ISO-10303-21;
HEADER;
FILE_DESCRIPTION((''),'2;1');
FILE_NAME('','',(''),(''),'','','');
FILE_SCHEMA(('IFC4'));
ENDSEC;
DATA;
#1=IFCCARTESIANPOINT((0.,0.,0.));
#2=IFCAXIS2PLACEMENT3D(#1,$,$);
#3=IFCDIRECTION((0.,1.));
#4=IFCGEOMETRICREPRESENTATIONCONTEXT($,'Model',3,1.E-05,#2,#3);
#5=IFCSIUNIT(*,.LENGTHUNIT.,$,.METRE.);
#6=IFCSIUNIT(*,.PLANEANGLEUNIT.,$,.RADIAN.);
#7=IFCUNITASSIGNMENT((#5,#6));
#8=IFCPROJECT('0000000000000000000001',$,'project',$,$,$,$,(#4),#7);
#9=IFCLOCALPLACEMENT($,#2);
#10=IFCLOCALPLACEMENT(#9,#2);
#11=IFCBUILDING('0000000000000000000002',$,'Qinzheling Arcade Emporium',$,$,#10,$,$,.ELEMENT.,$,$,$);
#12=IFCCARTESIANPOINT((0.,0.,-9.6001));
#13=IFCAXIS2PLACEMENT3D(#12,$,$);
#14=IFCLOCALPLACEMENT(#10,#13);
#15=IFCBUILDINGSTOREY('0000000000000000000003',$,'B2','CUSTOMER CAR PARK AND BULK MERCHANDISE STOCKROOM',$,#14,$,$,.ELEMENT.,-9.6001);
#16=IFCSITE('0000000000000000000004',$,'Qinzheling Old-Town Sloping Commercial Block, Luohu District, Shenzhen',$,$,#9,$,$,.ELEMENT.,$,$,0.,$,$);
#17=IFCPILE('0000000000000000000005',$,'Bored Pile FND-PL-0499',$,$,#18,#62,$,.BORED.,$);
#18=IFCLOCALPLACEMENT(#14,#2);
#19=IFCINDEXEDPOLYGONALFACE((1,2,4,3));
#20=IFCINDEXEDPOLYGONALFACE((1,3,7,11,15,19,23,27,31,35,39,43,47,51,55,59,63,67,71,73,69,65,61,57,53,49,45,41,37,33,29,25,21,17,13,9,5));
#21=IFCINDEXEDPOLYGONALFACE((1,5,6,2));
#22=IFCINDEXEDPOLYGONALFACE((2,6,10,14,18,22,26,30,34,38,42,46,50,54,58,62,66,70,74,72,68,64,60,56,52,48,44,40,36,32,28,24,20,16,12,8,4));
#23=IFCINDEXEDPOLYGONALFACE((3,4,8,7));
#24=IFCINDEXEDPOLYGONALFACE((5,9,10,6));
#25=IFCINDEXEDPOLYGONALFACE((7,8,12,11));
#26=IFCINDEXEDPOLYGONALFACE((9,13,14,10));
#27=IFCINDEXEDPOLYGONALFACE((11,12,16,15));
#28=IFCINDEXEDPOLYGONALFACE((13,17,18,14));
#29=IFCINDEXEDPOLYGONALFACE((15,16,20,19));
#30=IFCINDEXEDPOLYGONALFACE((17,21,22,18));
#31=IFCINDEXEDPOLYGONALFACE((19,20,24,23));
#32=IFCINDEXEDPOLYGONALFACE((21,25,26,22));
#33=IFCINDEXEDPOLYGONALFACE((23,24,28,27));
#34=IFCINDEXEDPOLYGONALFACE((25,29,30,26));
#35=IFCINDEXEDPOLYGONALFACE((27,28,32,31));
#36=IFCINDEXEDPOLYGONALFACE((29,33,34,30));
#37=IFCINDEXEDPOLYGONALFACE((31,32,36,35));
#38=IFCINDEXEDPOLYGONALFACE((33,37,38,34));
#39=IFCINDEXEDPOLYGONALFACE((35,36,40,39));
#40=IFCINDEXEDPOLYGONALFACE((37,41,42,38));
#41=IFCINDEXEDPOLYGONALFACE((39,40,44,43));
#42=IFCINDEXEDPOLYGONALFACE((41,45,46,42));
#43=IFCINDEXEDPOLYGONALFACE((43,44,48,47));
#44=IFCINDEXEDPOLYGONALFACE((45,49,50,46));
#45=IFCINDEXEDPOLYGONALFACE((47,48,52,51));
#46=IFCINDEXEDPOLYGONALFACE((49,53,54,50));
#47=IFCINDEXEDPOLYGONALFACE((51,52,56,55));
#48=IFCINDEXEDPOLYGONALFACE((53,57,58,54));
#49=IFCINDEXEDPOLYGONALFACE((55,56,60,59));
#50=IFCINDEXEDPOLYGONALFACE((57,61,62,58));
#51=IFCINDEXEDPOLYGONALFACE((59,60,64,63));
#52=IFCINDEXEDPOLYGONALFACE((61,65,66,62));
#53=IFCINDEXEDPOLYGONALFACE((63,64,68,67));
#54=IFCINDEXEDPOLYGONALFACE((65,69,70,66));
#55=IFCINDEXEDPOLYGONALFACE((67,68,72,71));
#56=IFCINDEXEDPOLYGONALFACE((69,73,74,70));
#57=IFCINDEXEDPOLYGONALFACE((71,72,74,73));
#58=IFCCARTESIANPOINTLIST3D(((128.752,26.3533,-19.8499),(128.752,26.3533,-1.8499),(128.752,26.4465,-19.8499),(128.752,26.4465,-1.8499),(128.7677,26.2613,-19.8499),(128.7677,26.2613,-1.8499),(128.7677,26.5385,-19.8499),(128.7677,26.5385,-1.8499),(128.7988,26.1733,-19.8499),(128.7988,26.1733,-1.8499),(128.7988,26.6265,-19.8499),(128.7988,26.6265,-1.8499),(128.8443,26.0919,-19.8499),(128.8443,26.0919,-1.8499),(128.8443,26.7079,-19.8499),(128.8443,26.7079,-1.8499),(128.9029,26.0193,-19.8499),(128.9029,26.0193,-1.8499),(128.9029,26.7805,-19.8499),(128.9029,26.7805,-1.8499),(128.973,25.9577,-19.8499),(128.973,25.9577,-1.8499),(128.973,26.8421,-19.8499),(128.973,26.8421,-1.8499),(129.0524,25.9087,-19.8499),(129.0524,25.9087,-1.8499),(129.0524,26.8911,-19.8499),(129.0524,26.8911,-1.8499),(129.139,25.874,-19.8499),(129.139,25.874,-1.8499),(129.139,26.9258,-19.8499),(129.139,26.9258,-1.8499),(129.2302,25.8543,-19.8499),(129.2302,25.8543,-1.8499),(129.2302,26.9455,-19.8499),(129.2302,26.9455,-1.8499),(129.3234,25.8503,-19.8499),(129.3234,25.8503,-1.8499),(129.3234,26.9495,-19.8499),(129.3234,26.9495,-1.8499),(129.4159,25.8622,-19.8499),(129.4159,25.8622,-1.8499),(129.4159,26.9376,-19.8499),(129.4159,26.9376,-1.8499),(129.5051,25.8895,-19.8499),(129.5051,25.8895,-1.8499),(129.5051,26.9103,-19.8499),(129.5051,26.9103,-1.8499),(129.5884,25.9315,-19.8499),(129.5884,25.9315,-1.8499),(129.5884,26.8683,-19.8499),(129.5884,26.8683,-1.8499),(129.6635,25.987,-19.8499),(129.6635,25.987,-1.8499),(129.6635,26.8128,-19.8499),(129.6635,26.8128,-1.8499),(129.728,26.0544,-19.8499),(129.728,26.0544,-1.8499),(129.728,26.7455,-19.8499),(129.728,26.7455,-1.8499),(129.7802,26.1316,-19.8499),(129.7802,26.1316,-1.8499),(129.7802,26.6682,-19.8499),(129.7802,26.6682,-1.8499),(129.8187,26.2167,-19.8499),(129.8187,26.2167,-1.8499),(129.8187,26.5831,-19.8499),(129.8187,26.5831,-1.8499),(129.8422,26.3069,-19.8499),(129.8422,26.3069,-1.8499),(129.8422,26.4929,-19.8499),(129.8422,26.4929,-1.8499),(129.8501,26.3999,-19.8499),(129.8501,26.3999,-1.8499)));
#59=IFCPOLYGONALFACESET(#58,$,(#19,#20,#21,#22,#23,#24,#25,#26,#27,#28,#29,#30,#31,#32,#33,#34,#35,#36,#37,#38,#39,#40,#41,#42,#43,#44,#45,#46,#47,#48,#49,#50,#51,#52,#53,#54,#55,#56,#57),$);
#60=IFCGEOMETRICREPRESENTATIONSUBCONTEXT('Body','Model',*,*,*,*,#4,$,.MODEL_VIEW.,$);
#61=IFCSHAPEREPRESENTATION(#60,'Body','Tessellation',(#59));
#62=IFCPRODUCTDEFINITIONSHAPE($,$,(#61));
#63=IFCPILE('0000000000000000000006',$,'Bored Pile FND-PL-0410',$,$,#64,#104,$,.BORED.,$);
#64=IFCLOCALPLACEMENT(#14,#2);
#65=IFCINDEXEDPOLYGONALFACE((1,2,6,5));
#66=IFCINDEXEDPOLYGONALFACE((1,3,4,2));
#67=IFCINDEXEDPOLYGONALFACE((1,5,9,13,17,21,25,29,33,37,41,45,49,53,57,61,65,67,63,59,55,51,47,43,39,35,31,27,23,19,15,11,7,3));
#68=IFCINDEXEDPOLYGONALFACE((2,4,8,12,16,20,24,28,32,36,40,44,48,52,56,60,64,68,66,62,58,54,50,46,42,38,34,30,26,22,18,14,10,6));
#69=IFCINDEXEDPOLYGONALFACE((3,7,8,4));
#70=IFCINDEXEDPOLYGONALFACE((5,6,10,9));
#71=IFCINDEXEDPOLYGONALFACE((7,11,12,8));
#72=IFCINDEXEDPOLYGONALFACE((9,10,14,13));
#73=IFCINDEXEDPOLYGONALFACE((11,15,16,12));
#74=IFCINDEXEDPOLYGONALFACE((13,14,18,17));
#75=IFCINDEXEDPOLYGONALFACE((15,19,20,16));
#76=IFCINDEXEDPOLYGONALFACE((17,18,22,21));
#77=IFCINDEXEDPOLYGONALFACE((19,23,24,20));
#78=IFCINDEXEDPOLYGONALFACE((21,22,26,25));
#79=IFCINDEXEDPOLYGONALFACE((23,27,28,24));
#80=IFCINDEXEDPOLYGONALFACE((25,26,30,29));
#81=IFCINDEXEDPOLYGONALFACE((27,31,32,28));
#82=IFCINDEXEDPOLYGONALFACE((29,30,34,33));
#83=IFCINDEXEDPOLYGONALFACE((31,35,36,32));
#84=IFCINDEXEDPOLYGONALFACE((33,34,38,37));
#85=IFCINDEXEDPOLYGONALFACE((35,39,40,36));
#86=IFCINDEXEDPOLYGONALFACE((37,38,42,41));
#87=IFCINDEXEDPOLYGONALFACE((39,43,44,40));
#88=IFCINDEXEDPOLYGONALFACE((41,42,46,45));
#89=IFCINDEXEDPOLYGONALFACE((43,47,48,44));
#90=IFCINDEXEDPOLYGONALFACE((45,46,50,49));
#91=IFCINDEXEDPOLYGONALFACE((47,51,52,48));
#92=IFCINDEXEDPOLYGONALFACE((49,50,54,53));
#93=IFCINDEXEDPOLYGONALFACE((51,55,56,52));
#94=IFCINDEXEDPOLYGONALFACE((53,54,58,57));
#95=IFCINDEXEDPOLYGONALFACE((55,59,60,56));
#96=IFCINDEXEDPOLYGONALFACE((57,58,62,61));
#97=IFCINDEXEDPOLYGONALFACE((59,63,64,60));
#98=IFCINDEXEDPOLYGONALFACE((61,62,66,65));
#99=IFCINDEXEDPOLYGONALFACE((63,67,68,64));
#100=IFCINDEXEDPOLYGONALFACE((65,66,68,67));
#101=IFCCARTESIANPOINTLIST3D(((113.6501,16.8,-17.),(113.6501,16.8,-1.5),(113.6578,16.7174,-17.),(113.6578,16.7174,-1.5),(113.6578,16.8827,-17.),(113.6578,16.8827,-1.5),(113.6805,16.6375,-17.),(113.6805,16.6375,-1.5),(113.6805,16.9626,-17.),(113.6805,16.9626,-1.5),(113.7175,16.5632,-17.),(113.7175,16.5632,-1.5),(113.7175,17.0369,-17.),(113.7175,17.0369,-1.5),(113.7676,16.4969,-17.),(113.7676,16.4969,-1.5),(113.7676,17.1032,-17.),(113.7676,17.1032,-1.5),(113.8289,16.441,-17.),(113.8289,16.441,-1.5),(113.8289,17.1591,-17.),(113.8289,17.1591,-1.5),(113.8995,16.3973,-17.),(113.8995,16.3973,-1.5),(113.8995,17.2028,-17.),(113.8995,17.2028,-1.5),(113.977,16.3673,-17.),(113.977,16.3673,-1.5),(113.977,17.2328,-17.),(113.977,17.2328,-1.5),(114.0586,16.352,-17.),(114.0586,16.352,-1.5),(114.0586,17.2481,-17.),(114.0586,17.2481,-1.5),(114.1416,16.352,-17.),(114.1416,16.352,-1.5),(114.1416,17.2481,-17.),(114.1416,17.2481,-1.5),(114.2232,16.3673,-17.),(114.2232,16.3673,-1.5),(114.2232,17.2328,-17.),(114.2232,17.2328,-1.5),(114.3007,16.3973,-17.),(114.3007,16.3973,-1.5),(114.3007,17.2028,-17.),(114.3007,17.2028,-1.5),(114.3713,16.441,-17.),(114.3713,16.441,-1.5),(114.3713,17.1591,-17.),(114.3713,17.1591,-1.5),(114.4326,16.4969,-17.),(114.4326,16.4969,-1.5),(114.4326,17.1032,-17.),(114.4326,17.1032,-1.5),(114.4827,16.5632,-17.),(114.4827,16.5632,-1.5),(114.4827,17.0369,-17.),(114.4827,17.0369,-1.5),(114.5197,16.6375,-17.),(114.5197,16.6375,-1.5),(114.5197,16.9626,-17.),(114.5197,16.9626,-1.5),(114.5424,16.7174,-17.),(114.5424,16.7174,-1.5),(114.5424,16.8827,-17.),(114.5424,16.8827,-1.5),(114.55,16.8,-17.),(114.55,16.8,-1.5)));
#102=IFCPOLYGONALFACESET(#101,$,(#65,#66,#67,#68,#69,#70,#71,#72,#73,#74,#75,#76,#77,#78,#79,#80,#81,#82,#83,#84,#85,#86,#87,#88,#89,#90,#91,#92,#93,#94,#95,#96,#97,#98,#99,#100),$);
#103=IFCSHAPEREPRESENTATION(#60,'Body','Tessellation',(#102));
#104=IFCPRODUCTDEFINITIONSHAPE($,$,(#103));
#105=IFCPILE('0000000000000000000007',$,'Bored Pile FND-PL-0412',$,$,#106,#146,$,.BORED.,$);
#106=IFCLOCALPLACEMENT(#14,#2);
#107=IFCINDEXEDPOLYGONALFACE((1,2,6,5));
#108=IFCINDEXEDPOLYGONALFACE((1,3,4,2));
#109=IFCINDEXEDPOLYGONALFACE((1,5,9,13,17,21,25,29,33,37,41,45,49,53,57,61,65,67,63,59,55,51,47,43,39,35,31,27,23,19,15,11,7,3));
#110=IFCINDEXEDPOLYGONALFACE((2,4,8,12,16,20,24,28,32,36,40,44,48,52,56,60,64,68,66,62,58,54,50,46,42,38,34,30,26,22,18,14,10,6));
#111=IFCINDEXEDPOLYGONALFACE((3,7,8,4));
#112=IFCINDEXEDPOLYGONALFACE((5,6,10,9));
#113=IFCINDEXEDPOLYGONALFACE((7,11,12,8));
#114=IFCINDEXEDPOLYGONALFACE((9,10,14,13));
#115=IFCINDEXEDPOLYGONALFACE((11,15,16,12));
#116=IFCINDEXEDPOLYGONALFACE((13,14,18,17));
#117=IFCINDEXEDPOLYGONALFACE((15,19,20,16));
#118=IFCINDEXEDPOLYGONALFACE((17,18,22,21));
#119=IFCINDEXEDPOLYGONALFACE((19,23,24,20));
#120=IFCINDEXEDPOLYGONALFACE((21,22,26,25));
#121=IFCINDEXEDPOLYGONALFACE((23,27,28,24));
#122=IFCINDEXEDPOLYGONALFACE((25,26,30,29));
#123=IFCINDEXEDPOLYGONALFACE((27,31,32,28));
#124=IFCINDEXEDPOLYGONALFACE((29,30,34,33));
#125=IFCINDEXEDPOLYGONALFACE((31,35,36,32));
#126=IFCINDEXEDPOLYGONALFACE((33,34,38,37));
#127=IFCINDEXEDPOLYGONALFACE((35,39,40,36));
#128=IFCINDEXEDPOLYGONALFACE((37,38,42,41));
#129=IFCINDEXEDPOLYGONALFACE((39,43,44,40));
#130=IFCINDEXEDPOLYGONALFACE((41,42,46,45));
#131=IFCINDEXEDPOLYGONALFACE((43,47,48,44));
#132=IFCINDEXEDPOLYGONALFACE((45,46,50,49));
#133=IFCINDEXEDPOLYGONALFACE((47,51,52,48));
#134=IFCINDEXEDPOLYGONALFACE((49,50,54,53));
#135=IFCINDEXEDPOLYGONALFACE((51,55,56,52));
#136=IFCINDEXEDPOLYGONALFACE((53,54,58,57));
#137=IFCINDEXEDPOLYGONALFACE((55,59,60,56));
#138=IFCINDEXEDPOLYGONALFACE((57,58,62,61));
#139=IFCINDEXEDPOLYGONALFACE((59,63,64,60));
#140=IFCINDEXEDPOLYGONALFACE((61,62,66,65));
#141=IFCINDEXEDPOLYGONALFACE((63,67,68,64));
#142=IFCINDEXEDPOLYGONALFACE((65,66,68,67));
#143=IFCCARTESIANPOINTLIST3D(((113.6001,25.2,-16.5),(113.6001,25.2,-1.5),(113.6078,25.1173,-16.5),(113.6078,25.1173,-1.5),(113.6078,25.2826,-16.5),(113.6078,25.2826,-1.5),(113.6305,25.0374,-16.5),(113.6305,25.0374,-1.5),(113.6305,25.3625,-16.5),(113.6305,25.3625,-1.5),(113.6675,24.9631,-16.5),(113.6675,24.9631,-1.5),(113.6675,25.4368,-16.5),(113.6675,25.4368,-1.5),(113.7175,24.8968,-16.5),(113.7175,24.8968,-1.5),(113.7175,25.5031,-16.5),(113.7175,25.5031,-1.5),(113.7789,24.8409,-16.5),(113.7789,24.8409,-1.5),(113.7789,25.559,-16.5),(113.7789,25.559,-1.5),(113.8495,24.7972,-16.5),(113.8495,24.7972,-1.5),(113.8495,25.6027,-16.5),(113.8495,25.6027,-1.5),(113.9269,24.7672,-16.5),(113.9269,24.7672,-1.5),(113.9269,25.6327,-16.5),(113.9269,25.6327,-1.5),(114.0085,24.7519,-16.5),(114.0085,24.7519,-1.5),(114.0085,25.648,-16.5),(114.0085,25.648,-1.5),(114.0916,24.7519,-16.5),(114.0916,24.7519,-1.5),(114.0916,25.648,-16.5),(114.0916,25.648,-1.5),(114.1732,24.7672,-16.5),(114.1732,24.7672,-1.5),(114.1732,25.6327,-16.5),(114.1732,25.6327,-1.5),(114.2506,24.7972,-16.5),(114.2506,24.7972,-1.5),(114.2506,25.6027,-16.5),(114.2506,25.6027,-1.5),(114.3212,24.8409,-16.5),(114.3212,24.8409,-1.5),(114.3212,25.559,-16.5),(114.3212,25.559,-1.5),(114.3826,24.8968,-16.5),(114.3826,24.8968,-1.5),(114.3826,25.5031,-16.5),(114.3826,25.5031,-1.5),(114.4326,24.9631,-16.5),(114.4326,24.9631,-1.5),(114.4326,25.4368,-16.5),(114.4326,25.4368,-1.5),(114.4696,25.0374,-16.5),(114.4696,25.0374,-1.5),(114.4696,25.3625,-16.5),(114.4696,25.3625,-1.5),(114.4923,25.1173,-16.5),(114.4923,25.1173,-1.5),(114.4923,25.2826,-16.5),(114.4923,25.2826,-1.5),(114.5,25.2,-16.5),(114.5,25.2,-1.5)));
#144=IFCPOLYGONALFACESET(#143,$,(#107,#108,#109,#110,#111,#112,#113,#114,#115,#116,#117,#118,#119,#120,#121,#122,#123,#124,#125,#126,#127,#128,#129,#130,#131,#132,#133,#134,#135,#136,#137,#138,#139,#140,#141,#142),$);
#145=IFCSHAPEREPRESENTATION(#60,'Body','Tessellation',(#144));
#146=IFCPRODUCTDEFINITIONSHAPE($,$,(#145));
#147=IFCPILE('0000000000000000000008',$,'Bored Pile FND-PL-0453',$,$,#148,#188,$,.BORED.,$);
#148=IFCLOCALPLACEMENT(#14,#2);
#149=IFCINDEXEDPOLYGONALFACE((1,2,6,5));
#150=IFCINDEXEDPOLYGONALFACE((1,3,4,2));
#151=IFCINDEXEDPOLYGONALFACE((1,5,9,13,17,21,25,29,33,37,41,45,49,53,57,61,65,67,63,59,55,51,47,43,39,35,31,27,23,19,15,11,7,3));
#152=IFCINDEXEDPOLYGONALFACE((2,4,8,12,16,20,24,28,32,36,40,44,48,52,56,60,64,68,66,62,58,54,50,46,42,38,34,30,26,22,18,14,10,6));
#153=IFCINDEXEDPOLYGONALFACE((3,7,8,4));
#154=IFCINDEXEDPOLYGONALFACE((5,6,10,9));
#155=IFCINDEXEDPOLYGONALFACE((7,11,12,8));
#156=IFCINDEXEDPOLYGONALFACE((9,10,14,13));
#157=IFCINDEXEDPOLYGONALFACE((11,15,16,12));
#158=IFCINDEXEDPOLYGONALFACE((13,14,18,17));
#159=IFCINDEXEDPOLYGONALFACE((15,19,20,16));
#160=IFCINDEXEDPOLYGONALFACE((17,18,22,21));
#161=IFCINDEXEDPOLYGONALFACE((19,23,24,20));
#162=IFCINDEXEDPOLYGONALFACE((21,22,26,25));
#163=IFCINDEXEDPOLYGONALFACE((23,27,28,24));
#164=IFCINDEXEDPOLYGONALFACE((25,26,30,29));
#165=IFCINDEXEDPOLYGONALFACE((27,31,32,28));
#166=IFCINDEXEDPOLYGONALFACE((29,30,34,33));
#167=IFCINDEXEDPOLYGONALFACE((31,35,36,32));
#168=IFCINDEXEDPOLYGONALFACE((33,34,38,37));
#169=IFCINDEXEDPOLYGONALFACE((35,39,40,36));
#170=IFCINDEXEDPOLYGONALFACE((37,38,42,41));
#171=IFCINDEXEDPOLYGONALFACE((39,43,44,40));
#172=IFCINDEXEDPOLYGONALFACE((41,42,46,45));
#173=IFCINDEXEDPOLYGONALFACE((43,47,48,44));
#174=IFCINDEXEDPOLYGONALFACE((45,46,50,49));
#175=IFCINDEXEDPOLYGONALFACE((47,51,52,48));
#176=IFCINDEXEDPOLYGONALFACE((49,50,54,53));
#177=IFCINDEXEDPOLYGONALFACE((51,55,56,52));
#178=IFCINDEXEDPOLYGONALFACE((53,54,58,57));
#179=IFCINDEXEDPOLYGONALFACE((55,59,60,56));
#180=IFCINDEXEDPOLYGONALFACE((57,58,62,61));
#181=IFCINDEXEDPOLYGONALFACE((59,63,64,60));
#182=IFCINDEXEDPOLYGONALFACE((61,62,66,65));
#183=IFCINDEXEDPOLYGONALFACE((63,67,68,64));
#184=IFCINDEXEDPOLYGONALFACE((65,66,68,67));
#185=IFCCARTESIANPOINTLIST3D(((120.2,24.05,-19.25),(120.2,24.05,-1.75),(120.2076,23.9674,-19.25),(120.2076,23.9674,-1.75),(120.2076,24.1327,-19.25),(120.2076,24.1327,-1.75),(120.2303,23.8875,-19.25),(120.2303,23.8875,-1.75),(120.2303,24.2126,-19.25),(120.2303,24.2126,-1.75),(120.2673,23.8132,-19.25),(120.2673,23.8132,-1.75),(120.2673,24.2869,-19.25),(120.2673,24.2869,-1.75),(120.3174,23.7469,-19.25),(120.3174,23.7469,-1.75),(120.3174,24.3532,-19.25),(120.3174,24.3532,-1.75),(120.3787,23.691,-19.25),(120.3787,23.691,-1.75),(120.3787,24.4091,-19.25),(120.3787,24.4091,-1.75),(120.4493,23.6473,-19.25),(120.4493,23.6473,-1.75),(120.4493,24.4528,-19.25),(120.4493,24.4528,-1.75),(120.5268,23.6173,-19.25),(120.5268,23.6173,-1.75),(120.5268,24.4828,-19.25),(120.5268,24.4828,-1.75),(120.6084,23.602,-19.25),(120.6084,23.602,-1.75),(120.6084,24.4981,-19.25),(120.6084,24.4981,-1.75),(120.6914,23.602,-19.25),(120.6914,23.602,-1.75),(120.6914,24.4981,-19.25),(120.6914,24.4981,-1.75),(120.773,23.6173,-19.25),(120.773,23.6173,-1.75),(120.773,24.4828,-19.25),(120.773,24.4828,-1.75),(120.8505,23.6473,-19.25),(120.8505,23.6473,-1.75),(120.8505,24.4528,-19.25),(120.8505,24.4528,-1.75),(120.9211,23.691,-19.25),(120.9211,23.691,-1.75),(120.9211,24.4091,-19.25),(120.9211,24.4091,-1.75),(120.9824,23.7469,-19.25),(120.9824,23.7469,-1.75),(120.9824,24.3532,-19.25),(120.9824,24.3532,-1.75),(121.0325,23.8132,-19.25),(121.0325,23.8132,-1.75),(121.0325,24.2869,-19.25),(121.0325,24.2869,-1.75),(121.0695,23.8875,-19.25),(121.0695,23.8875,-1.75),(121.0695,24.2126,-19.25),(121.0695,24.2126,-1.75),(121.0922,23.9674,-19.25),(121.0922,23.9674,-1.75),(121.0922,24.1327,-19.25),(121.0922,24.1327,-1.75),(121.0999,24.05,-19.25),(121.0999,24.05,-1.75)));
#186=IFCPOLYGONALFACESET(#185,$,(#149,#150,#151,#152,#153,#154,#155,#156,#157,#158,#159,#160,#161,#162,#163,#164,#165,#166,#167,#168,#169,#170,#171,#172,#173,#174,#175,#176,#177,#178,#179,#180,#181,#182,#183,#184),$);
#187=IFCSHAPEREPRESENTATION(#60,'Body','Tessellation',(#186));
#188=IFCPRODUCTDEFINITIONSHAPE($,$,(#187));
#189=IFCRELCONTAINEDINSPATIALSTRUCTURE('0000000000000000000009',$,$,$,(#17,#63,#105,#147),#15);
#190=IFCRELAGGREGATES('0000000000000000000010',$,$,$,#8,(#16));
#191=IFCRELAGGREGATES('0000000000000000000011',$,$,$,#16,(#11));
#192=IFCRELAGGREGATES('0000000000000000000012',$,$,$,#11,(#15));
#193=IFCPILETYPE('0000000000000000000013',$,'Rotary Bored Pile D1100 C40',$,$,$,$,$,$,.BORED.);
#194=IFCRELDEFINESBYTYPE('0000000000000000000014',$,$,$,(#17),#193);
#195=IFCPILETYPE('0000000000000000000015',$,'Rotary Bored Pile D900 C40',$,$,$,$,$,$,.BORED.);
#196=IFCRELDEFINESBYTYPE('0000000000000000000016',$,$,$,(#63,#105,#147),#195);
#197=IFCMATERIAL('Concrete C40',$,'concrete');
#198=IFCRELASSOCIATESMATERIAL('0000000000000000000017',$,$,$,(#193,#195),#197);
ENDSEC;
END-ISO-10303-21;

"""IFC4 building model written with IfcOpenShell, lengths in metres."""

from ifc_helpers import new_model, si_unit, direction, frame, origin, origin_2d, place, context, subcontext, project, spatial, circle, extrude, material, material_profile, profile_set, type_object, element, save


model = new_model("IFC4")

# Units and contexts
model_context = context("Model", 3, precision=1e-05, world=origin(), true_north=direction((0.0, 1.0)))
body_context = subcontext(model_context, "Body", "Model", "MODEL_VIEW")
ifc_project = project(units=[si_unit("LENGTHUNIT", "METRE"), si_unit("PLANEANGLEUNIT", "RADIAN")], contexts=[model_context])

# Site, building, storey
site_placement = place(None, origin())
site = spatial("IfcSite", under=ifc_project, at=site_placement, Name="Qinzheling Old-Town Sloping Commercial Block, Luohu District, Shenzhen", CompositionType="ELEMENT", RefElevation=0.0)
building_placement = place(site_placement, origin())
building = spatial("IfcBuilding", under=site, at=building_placement, Name="Qinzheling Arcade Emporium", CompositionType="ELEMENT")
storey_placement = place(building_placement, frame((0.0, 0.0, -9.6001)))
storey = spatial("IfcBuildingStorey", under=building, at=storey_placement, Name="B2", Description="CUSTOMER CAR PARK AND BULK MERCHANDISE STOCKROOM", CompositionType="ELEMENT", Elevation=-9.6001)

# Shared definitions
ifc_material_1 = material(Name="Concrete C40", Category="concrete")

# Piles
ifc_material_profile_1 = material_profile(ifc_material_1, circle(Radius=0.55, at=origin_2d()), Name="BORED D1100", Category="concrete")
ifc_profile_set_1 = profile_set([ifc_material_profile_1], Name="Concrete C40")
pile_type_1 = type_object("IfcPileType", Name="Rotary Bored Pile D1100 C40", PredefinedType="BORED", material=ifc_profile_set_1)
for number, where, z_axis, x_axis, name in (
    (1, (129.3, 26.3999, -1.8499), (0.0, 0.0, -1.0), (1.0, 0.0, 0.0), "Bored Pile FND-PL-0499"),
):
    element("IfcPile", number, at=place(storey_placement, frame(where, z_axis=z_axis, x_axis=x_axis)), inside=storey, type_object=pile_type_1, Name=name, PredefinedType="BORED", context=body_context, shape_type="SweptSolid", body=[
        extrude(circle(Radius=0.55, at=origin_2d()), origin(), (0.0, 0.0, 1.0), 18.0),
    ])
ifc_material_profile_2 = material_profile(ifc_material_1, circle(Radius=0.45, at=origin_2d()), Name="BORED D900", Category="concrete")
ifc_profile_set_2 = profile_set([ifc_material_profile_2], Name="Concrete C40")
pile_type_2 = type_object("IfcPileType", Name="Rotary Bored Pile D900 C40", PredefinedType="BORED", material=ifc_profile_set_2)
pile_1_placement = place(storey_placement, frame((114.1001, 16.8, -1.5), z_axis=(0.0, 0.0, -1.0), x_axis=(1.0, 0.0, 0.0)))
element("IfcPile", 2, at=pile_1_placement, inside=storey, type_object=pile_type_2, Name="Bored Pile FND-PL-0410", PredefinedType="BORED", context=body_context, shape_type="SweptSolid", body=[
    extrude(circle(Radius=0.45, at=origin_2d()), origin(), (0.0, 0.0, 1.0), 15.5),
])
pile_2_placement = place(storey_placement, frame((114.05, 25.2, -1.5), z_axis=(0.0, 0.0, -1.0), x_axis=(1.0, 0.0, 0.0)))
element("IfcPile", 3, at=pile_2_placement, inside=storey, type_object=pile_type_2, Name="Bored Pile FND-PL-0412", PredefinedType="BORED", context=body_context, shape_type="SweptSolid", body=[
    extrude(circle(Radius=0.45, at=origin_2d()), origin(), (0.0, 0.0, 1.0), 15.0),
])
for number, where, z_axis, x_axis, name in (
    (4, (120.6499, 24.05, -1.75), (0.0, 0.0, -1.0), (1.0, 0.0, 0.0), "Bored Pile FND-PL-0453"),
):
    element("IfcPile", number, at=place(storey_placement, frame(where, z_axis=z_axis, x_axis=x_axis)), inside=storey, type_object=pile_type_2, Name=name, PredefinedType="BORED", context=body_context, shape_type="SweptSolid", body=[
        extrude(circle(Radius=0.45, at=origin_2d()), origin(), (0.0, 0.0, 1.0), 17.5),
    ])

save(model, "model.ifc")
